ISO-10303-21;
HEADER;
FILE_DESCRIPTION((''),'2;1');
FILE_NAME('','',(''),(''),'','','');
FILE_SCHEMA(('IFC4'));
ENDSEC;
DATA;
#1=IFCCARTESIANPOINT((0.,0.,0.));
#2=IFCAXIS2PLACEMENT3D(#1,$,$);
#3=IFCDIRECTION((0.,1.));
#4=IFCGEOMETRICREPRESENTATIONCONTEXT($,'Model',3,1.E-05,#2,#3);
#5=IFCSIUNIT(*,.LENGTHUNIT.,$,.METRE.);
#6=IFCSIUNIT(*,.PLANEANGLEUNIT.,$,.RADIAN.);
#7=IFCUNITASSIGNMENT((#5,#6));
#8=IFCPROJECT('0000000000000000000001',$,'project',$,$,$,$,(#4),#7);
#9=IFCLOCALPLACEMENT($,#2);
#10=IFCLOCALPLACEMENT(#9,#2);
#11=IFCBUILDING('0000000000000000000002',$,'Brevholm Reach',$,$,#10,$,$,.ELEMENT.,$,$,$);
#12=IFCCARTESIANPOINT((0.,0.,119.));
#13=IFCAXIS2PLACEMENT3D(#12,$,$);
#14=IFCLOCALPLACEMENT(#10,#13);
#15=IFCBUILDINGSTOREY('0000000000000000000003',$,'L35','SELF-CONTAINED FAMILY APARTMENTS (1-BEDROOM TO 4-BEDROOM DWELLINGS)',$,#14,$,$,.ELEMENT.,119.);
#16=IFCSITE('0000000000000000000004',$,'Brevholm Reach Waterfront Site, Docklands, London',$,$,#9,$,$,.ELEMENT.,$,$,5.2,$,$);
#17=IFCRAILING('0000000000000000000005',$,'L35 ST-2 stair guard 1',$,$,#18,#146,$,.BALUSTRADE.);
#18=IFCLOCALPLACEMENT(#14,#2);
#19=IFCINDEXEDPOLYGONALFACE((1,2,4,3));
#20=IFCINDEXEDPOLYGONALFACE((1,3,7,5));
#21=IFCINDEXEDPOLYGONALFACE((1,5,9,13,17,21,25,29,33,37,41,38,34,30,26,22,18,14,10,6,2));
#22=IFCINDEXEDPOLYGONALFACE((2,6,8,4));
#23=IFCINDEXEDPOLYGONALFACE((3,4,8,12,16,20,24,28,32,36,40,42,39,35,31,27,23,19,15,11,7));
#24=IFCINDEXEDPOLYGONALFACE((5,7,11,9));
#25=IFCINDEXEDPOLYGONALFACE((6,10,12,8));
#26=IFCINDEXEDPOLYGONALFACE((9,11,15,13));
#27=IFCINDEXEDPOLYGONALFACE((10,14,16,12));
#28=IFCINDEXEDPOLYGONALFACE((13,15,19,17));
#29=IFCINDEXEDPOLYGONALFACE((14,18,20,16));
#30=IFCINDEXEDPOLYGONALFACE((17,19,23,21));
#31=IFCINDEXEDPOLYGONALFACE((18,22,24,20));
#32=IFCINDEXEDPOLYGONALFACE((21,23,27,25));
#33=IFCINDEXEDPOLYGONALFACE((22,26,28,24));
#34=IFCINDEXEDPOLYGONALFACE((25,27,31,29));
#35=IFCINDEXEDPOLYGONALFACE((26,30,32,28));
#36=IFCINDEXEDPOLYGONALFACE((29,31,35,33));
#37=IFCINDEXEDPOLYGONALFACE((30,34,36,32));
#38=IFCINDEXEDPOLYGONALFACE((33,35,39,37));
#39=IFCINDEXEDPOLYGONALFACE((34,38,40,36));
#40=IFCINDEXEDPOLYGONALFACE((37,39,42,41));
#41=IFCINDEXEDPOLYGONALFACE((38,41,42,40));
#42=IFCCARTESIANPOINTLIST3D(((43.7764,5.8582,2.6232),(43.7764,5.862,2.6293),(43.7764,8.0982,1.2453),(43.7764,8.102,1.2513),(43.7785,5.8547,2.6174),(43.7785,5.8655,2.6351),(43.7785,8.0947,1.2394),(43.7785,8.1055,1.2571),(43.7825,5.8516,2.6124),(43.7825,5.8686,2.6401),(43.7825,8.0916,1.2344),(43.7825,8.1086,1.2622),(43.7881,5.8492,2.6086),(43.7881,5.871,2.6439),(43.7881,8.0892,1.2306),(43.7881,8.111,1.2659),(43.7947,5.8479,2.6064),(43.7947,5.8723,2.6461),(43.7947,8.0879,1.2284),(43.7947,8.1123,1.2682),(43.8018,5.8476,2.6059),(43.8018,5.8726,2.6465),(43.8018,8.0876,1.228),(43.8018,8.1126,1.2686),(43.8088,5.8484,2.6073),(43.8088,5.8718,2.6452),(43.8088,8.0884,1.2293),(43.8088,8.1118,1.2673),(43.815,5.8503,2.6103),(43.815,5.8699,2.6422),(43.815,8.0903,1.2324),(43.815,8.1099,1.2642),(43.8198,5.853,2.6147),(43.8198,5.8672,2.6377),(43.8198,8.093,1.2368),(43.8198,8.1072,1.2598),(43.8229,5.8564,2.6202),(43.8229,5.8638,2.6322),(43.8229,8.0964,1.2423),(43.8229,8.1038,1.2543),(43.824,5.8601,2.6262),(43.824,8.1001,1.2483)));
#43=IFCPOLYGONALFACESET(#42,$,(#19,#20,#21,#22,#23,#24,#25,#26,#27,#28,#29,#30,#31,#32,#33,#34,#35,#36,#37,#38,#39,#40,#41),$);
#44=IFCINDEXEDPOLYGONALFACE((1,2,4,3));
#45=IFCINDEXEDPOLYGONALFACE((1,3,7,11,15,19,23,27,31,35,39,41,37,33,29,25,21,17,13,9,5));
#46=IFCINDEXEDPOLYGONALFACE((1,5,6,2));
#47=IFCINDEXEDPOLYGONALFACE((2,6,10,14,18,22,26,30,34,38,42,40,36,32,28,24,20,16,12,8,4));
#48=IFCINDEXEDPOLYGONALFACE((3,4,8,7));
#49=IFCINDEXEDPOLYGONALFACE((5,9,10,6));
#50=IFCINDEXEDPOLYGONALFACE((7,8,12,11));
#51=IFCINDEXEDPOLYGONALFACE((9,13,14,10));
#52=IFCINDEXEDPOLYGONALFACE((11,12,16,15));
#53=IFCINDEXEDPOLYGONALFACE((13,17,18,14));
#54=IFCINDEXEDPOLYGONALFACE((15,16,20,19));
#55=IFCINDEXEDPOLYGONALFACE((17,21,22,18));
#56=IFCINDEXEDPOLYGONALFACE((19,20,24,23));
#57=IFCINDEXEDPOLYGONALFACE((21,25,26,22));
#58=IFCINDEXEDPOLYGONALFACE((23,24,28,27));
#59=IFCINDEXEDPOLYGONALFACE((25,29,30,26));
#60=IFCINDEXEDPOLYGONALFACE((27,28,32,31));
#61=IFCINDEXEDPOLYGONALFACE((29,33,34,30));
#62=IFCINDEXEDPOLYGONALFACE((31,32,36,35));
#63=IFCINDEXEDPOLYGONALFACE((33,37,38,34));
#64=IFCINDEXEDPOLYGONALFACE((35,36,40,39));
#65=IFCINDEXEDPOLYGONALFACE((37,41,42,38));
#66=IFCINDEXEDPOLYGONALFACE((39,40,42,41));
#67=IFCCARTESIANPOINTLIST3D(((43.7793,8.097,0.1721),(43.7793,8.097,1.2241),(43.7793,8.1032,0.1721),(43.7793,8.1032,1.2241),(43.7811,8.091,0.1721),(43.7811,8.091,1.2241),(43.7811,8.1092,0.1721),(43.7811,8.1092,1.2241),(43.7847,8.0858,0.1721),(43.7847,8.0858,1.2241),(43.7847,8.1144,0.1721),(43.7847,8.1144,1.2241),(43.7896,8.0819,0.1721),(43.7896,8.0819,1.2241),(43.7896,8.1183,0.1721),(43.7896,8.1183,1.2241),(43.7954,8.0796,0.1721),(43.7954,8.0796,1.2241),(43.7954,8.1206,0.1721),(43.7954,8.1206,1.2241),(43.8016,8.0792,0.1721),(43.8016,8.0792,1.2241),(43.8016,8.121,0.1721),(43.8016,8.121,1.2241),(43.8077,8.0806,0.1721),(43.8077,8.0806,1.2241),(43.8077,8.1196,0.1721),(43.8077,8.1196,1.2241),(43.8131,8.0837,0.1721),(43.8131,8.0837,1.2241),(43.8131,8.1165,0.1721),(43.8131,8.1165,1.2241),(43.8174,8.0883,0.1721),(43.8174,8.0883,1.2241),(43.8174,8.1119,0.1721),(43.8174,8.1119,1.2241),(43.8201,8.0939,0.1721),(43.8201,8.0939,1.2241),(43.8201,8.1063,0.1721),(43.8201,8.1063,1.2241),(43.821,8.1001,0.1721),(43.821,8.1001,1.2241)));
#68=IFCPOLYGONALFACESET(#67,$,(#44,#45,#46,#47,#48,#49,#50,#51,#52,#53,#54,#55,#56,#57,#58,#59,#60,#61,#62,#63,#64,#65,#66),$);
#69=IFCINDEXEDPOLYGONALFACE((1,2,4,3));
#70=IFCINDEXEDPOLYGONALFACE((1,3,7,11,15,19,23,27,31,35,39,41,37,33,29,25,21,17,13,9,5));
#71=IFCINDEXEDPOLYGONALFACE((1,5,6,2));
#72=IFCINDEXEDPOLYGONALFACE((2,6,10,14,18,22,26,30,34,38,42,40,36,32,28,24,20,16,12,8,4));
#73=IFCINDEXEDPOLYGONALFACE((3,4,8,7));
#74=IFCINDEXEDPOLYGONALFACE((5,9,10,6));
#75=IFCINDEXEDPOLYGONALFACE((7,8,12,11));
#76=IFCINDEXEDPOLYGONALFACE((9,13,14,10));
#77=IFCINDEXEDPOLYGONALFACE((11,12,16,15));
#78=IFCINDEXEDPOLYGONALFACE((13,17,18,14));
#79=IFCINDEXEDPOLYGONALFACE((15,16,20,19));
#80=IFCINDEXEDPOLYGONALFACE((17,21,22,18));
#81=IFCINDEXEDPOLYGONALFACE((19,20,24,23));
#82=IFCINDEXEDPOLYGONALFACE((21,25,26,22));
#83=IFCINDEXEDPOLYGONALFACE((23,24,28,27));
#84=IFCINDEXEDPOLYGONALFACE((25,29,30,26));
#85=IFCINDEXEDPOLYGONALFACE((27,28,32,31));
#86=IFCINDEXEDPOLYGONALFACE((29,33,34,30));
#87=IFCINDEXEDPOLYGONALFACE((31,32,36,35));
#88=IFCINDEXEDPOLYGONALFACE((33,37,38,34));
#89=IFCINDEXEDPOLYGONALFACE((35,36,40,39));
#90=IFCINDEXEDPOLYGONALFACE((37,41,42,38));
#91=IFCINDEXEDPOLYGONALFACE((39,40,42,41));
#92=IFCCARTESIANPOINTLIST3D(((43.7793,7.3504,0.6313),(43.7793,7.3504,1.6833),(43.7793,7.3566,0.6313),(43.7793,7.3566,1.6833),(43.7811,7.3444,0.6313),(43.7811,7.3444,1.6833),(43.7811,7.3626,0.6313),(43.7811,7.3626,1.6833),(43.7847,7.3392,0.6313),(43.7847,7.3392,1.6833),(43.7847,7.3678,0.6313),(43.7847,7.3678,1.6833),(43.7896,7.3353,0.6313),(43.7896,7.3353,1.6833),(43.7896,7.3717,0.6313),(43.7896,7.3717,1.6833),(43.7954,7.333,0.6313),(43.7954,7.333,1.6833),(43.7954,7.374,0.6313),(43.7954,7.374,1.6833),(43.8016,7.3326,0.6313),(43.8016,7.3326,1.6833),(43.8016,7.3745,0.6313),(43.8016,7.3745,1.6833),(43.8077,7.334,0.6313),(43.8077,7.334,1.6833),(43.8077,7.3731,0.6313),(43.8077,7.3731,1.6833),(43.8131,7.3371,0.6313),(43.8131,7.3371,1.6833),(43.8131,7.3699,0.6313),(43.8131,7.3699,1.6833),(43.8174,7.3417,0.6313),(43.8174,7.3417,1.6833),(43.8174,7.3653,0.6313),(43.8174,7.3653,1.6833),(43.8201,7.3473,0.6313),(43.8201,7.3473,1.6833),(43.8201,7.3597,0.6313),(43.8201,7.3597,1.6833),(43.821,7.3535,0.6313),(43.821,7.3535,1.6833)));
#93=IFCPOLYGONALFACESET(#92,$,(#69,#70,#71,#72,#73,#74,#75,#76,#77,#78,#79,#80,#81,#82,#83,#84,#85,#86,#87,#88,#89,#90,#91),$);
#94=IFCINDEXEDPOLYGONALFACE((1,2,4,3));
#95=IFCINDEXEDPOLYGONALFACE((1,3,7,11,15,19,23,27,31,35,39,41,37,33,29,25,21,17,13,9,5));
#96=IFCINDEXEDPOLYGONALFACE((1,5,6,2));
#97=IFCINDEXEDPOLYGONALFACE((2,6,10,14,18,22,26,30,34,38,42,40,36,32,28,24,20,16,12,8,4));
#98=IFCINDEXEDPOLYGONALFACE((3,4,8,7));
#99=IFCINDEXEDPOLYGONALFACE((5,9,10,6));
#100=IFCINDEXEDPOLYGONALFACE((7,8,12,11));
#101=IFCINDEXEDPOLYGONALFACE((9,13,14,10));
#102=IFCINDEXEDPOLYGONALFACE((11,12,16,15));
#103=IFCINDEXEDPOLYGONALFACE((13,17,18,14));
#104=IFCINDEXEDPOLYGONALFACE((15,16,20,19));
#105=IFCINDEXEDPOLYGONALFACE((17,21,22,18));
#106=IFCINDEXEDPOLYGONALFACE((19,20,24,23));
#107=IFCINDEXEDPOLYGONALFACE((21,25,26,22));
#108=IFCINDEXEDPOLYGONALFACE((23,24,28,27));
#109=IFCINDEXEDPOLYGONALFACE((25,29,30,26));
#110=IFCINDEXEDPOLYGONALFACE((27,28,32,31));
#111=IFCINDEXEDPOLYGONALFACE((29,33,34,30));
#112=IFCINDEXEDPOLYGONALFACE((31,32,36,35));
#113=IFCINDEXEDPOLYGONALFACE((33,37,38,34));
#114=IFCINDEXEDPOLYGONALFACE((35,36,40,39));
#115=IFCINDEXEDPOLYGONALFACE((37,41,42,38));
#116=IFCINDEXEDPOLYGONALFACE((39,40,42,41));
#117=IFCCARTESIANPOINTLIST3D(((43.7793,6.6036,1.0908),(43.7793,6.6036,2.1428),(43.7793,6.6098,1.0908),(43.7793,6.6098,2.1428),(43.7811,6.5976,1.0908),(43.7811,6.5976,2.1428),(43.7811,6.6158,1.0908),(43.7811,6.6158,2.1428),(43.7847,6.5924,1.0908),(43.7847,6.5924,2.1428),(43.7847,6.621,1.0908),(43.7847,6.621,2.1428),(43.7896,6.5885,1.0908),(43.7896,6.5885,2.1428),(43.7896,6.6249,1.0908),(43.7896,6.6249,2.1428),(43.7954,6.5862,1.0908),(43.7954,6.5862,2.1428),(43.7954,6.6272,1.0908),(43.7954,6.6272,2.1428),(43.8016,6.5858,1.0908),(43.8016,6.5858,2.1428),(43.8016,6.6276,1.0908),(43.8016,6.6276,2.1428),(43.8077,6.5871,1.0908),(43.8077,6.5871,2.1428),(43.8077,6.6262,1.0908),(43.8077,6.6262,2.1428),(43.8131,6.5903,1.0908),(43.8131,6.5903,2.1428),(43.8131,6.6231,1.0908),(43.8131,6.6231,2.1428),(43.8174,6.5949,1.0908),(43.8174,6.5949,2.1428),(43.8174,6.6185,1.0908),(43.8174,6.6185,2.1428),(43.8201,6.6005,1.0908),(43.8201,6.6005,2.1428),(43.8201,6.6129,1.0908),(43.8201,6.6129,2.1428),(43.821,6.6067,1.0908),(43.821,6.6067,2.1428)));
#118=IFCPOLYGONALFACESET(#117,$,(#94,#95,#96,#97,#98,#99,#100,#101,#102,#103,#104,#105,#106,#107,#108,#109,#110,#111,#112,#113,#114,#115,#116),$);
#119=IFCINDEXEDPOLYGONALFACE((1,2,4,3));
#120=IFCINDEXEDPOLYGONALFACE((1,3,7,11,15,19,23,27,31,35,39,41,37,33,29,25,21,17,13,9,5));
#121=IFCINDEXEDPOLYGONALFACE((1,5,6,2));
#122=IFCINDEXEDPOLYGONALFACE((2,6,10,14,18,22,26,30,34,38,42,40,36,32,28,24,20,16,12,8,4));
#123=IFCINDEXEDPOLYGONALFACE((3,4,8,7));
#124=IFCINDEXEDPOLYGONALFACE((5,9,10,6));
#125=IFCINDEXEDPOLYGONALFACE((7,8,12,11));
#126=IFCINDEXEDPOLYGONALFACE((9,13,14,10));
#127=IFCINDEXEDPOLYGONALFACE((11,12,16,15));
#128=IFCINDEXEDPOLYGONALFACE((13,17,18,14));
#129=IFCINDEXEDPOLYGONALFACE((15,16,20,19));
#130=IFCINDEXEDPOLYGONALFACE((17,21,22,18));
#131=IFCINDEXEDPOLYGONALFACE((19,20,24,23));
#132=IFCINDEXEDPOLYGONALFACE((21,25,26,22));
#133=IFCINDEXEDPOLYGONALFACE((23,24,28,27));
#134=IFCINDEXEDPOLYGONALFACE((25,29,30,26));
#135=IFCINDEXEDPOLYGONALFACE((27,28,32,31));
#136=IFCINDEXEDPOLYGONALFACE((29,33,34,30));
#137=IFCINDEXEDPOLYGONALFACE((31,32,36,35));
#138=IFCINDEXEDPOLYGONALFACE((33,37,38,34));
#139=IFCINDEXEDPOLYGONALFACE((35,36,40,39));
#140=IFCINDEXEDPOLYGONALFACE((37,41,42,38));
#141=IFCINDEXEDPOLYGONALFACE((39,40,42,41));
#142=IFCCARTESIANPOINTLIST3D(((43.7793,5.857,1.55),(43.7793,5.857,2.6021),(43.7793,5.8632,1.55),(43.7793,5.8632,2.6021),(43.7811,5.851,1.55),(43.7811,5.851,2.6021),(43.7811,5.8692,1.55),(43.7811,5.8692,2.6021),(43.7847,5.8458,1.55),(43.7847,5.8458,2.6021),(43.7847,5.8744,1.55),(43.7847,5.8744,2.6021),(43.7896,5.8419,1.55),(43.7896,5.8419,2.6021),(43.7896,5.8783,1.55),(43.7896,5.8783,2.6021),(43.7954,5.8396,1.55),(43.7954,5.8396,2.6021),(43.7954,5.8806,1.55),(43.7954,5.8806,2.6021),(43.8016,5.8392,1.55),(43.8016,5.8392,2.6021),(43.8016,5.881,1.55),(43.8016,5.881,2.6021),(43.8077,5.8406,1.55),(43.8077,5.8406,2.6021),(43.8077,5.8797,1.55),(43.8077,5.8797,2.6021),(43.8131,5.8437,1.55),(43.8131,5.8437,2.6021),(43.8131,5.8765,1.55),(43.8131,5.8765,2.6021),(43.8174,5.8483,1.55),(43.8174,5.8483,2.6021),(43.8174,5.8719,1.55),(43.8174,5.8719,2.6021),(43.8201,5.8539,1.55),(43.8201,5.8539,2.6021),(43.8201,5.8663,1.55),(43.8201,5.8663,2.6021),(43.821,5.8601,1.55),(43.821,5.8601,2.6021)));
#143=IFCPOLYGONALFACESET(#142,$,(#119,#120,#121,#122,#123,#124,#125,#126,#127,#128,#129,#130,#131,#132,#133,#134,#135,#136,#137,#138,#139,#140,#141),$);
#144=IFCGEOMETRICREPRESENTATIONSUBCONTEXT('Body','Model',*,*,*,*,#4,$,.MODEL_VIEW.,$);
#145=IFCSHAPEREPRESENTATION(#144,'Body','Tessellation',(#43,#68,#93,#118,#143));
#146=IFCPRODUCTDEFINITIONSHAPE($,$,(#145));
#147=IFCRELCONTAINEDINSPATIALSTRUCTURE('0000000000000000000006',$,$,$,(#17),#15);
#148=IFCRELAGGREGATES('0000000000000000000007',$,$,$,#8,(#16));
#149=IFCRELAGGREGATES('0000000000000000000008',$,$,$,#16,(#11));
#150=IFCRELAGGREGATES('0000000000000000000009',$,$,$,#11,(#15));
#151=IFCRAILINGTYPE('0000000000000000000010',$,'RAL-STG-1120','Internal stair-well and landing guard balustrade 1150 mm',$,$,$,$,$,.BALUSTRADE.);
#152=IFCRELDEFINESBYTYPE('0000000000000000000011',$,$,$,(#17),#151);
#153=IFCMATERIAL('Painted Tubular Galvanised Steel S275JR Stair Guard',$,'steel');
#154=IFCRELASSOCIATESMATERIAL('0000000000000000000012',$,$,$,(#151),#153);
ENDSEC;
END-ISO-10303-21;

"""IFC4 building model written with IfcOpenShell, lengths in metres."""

from ifc_helpers import new_model, si_unit, direction, frame, origin, origin_2d, place, context, subcontext, project, spatial, circle, extrude, material, type_object, element, save


model = new_model("IFC4")

# Units and contexts
model_context = context("Model", 3, precision=1e-05, world=origin(), true_north=direction((0.0, 1.0)))
body_context = subcontext(model_context, "Body", "Model", "MODEL_VIEW")
ifc_project = project(units=[si_unit("LENGTHUNIT", "METRE"), si_unit("PLANEANGLEUNIT", "RADIAN")], contexts=[model_context])

# Site, building, storey
site_placement = place(None, origin())
site = spatial("IfcSite", under=ifc_project, at=site_placement, Name="Brevholm Reach Waterfront Site, Docklands, London", CompositionType="ELEMENT", RefElevation=5.2)
building_placement = place(site_placement, origin())
building = spatial("IfcBuilding", under=site, at=building_placement, Name="Brevholm Reach", CompositionType="ELEMENT")
storey_placement = place(building_placement, frame((0.0, 0.0, 119.0)))
storey = spatial("IfcBuildingStorey", under=building, at=storey_placement, Name="L35", Description="SELF-CONTAINED FAMILY APARTMENTS (1-BEDROOM TO 4-BEDROOM DWELLINGS)", CompositionType="ELEMENT", Elevation=119.0)

# Railing
ifc_material_1 = material(Name="Painted Tubular Galvanised Steel S275JR Stair Guard", Category="steel")
railing_type_1 = type_object("IfcRailingType", Name="RAL-STG-1120", Description="Internal stair-well and landing guard balustrade 1150 mm", PredefinedType="BALUSTRADE", material=ifc_material_1)
railing_1_placement = place(storey_placement, frame((43.8, 8.1001, 0.1721)))
element("IfcRailing", 1, at=railing_1_placement, inside=storey, type_object=railing_type_1, Name="L35 ST-2 stair guard 1", PredefinedType="BALUSTRADE", context=body_context, shape_type="SweptSolid", body=[
    extrude(circle(Radius=0.0239, at=origin_2d()), frame((0.0, 0.0, 1.0762), z_axis=(0.0, -0.851748, 0.523952), x_axis=(1.0, 0.0, 0.0)), (0.0, 0.0, 1.0), 2.6299),
    extrude(circle(Radius=0.021, at=origin_2d()), origin(), (0.0, 0.0, 1.0), 1.052),
    extrude(circle(Radius=0.021, at=origin_2d()), frame((0.0, -0.7466, 0.4592)), (0.0, 0.0, 1.0), 1.052),
    extrude(circle(Radius=0.021, at=origin_2d()), frame((0.0, -1.4934, 0.9187)), (0.0, 0.0, 1.0), 1.052),
    extrude(circle(Radius=0.021, at=origin_2d()), frame((0.0, -2.24, 1.3779)), (0.0, 0.0, 1.0), 1.052),
])

save(model, "model.ifc")
